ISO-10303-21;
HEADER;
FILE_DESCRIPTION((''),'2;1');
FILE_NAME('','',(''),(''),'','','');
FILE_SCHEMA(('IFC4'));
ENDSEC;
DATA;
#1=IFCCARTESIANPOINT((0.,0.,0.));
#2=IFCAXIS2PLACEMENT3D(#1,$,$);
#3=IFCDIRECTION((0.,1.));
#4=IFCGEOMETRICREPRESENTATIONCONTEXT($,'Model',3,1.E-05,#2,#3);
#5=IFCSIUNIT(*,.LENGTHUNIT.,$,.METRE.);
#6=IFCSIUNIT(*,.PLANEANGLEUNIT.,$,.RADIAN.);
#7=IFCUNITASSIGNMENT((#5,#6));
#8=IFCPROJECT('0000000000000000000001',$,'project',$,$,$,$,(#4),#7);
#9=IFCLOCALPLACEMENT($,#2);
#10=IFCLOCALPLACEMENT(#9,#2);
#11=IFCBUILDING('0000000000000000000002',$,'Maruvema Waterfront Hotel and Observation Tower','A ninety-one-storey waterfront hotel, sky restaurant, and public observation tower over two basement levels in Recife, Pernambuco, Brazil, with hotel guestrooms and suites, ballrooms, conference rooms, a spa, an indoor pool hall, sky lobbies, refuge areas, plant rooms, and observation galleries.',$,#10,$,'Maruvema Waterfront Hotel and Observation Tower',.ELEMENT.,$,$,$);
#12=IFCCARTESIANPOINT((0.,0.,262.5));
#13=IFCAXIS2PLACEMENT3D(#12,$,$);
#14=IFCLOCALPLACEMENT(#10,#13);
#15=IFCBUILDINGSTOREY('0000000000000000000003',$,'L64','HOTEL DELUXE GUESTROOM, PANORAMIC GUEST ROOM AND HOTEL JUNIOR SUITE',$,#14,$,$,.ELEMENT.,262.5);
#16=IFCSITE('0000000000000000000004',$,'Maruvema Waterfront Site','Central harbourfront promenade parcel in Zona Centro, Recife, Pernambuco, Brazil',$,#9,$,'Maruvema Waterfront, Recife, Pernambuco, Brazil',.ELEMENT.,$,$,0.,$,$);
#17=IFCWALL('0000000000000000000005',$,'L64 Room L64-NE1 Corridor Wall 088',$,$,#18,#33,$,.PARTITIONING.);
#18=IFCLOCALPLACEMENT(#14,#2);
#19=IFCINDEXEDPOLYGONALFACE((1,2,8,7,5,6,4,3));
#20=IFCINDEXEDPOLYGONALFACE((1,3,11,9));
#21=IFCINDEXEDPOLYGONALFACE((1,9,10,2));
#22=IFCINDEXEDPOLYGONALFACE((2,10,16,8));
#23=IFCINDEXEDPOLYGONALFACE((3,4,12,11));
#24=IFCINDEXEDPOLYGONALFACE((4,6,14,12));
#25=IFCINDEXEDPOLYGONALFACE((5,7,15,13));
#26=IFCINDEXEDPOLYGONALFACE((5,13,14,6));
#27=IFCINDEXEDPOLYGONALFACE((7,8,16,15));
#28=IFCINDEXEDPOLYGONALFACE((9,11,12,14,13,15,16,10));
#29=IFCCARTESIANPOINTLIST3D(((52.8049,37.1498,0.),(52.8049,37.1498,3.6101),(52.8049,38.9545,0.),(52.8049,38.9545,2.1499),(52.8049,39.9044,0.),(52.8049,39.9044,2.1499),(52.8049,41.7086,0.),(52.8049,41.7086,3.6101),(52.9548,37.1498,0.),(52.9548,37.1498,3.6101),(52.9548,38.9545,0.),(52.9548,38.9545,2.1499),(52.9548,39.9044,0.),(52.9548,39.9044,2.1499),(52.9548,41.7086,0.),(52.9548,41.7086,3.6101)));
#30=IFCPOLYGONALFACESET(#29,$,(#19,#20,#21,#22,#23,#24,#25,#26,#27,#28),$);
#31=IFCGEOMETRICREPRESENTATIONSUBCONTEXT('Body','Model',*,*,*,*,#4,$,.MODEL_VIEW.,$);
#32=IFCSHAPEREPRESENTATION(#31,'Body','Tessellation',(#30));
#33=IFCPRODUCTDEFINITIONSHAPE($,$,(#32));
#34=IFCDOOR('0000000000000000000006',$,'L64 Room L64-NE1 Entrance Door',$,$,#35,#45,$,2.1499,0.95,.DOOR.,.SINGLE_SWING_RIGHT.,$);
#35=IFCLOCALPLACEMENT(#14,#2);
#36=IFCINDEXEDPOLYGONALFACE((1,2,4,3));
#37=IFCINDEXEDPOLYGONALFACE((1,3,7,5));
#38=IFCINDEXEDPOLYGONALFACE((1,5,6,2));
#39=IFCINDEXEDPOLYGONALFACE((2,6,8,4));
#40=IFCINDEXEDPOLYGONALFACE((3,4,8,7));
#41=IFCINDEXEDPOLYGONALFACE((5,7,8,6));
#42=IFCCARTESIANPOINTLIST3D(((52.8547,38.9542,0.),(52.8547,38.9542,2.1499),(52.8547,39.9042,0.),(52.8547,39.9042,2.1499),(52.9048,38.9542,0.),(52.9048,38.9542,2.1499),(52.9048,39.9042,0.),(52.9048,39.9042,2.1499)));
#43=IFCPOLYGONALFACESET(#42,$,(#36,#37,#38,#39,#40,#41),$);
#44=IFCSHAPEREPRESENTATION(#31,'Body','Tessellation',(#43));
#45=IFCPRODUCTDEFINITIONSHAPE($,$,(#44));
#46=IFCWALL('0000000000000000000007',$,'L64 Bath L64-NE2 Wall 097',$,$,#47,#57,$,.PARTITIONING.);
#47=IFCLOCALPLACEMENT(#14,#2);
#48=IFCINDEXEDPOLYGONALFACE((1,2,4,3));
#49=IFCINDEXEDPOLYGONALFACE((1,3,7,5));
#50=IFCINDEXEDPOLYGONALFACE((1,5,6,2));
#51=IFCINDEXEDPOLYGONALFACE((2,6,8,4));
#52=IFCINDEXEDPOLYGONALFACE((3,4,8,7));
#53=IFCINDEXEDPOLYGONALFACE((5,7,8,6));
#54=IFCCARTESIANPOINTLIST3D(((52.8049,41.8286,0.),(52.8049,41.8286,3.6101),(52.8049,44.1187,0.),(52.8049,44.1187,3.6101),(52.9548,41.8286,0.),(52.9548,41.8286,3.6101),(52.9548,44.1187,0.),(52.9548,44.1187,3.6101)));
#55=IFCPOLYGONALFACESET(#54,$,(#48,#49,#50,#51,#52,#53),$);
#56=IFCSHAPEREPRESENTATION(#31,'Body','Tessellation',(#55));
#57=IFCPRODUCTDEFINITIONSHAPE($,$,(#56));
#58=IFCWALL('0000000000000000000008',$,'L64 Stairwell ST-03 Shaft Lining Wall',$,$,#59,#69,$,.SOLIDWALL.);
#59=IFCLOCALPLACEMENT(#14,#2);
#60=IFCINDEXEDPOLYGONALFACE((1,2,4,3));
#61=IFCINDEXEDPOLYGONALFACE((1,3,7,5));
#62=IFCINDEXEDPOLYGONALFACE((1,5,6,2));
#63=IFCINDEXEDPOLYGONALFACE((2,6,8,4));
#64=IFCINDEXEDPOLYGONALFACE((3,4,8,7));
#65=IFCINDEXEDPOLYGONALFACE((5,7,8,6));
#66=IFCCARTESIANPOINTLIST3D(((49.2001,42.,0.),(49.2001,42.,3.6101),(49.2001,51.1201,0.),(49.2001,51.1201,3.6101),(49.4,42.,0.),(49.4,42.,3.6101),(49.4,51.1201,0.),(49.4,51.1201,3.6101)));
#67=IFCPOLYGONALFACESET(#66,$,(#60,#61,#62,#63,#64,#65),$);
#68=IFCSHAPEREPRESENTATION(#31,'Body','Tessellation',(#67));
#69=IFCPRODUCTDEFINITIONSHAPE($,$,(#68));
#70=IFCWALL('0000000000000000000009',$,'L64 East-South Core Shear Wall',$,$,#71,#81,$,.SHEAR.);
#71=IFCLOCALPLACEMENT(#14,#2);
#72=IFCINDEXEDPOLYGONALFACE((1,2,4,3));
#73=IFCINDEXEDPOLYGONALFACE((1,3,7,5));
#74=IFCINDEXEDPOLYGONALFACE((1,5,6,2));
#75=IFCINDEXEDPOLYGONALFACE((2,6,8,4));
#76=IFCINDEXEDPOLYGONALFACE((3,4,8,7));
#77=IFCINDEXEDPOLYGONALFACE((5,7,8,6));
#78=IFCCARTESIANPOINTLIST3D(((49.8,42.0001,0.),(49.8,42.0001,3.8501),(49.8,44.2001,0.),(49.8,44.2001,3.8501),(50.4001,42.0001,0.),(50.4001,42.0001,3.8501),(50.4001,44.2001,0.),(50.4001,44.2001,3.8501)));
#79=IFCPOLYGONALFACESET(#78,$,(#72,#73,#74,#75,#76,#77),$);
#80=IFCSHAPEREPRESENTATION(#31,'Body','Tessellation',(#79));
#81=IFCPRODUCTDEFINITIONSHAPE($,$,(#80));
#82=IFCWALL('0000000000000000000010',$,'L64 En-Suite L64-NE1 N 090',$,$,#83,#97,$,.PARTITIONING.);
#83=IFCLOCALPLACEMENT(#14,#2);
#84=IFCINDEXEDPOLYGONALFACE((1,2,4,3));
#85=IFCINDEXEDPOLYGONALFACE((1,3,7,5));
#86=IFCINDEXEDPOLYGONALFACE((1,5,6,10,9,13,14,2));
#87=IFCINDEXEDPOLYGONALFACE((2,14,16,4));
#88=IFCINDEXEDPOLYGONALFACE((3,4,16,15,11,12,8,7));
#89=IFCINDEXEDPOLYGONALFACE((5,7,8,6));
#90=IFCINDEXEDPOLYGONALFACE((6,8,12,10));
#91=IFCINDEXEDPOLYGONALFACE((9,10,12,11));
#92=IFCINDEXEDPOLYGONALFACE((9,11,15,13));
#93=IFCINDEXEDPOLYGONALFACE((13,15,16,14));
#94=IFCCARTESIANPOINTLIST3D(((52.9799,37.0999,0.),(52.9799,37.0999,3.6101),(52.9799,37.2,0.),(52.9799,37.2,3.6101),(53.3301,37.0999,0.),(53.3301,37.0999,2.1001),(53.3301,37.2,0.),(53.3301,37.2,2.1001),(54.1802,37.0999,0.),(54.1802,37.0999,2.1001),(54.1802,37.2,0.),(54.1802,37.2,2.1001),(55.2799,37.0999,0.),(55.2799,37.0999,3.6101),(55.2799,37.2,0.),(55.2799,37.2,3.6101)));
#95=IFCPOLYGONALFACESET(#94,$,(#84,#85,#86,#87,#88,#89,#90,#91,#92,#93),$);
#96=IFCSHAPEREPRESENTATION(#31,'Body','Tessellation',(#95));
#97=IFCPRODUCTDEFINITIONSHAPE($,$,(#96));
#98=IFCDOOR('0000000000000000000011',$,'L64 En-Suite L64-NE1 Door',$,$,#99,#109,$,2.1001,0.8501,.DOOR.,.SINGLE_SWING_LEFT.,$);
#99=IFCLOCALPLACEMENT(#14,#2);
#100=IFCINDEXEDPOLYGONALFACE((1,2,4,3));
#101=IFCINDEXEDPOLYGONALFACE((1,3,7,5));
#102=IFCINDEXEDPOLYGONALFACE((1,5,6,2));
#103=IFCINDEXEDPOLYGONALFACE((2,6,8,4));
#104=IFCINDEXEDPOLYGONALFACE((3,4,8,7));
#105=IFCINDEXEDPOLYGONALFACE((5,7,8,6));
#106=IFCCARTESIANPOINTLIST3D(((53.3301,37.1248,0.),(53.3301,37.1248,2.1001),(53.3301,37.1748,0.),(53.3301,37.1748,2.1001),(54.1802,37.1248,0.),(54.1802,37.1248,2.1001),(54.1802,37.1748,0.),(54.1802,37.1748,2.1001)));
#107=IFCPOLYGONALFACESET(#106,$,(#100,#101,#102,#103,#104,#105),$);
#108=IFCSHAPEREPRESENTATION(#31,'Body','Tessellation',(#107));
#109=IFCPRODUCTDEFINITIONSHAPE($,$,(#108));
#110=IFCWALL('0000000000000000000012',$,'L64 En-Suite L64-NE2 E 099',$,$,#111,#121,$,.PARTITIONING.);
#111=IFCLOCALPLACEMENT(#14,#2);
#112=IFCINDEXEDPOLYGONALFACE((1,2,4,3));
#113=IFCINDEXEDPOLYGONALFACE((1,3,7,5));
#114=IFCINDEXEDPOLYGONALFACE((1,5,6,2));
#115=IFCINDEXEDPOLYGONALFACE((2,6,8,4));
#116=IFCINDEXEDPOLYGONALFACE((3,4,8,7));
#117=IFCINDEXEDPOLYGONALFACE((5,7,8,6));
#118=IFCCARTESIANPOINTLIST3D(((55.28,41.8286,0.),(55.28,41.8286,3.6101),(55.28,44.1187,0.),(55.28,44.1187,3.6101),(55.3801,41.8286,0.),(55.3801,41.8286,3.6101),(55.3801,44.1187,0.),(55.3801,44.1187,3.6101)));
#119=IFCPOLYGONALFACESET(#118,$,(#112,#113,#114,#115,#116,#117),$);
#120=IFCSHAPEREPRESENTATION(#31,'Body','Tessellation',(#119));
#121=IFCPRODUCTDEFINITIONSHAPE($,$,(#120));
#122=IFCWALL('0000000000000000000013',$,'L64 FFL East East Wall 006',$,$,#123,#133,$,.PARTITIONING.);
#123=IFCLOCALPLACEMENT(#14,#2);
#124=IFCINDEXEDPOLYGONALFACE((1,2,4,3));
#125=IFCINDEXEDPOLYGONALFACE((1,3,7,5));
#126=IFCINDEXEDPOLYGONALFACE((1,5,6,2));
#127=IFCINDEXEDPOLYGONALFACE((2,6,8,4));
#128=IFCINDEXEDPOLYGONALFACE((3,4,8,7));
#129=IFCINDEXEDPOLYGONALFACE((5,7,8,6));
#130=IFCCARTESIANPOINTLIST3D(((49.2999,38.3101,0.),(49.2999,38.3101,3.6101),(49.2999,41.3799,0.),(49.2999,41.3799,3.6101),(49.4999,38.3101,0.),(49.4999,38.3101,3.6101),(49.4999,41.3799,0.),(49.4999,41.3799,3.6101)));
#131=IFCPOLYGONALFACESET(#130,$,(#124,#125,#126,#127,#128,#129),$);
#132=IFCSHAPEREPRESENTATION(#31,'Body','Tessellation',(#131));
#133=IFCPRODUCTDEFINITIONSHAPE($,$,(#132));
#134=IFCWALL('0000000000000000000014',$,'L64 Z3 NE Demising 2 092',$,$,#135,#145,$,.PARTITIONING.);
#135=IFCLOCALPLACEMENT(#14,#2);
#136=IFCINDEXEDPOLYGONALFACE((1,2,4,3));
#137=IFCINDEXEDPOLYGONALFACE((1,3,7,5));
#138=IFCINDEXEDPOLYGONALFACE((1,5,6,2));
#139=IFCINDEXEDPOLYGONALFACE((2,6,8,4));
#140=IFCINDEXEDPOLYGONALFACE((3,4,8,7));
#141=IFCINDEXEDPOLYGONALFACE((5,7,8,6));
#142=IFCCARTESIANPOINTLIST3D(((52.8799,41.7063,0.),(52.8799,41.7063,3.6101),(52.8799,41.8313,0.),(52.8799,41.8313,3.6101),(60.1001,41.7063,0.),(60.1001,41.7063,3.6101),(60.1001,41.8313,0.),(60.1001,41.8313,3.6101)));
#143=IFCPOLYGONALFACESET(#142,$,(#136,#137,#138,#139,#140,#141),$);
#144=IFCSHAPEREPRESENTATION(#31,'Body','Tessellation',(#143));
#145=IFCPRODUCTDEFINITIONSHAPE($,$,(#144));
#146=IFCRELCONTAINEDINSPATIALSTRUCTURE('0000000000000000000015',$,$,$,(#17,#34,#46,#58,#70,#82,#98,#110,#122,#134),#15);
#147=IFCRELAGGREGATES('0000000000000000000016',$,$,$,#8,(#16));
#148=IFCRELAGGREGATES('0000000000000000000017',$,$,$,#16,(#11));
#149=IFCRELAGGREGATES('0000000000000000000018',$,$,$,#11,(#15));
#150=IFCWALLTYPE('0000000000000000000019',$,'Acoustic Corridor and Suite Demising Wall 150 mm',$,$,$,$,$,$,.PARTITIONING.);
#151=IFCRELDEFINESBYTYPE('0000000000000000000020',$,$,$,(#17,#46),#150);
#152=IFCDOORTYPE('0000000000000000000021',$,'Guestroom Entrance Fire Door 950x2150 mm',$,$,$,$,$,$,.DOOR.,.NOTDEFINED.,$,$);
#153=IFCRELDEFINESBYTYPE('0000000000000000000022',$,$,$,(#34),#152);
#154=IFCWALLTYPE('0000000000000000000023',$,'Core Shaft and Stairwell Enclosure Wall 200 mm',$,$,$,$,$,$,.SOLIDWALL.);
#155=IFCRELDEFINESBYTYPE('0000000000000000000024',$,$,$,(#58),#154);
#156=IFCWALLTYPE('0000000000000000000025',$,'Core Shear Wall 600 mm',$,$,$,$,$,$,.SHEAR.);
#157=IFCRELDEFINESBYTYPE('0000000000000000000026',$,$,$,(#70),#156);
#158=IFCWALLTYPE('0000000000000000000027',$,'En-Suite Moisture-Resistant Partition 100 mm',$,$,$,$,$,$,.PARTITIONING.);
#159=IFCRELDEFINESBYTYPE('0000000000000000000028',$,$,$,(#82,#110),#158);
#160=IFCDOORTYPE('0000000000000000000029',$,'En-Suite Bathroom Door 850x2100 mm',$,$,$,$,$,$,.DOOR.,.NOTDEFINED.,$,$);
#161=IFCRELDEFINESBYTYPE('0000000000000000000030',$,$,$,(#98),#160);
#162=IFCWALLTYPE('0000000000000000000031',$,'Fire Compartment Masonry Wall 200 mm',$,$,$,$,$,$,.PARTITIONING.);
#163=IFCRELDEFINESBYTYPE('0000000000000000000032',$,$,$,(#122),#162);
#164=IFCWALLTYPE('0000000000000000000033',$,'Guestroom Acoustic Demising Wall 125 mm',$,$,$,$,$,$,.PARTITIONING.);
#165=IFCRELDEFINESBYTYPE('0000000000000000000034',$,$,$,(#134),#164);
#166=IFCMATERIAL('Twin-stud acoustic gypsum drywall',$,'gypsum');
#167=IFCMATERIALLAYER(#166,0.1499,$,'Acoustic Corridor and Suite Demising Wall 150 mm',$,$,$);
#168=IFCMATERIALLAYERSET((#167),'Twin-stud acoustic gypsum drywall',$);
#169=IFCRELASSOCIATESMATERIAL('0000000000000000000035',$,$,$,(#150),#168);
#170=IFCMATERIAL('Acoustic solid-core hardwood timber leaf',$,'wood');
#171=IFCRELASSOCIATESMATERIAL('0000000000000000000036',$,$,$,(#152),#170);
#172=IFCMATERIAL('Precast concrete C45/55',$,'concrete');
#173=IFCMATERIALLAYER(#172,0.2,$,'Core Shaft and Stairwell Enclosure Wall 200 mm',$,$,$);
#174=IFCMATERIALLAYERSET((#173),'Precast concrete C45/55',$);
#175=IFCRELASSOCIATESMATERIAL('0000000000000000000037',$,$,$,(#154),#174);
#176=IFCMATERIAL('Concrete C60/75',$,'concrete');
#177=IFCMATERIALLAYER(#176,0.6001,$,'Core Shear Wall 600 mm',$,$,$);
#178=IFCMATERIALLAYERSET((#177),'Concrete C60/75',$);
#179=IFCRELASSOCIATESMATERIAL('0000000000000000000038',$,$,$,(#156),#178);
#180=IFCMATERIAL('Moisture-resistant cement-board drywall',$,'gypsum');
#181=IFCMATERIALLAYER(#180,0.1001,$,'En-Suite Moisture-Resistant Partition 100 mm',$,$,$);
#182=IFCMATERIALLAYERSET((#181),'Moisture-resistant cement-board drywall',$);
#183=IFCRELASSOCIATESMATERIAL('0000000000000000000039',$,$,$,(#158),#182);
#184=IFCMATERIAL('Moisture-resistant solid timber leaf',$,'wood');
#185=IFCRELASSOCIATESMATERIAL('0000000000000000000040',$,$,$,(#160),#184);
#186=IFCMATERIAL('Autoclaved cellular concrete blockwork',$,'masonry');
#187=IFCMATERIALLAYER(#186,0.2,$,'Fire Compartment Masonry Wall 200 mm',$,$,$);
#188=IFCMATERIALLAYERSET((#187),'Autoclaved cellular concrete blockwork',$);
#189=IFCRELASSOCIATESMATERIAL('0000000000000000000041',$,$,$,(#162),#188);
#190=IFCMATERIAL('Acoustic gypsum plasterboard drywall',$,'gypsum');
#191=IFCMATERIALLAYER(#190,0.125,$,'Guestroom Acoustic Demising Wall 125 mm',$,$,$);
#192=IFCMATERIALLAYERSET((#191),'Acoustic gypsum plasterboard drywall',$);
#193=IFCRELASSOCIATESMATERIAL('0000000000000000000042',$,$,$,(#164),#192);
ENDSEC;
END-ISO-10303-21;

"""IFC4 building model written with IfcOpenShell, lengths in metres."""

from ifc_helpers import new_model, si_unit, direction, frame, frame_2d, origin, place, context, subcontext, project, spatial, rectangle, extrude, material, layer, layer_set, type_object, element, fill, save


model = new_model("IFC4")

# Units and contexts
model_context = context("Model", 3, precision=1e-05, world=origin(), true_north=direction((0.0, 1.0)))
body_context = subcontext(model_context, "Body", "Model", "MODEL_VIEW")
ifc_project = project(units=[si_unit("LENGTHUNIT", "METRE"), si_unit("PLANEANGLEUNIT", "RADIAN")], contexts=[model_context])

# Site, building, storey
site_placement = place(None, origin())
site = spatial("IfcSite", under=ifc_project, at=site_placement, Name="Maruvema Waterfront Site", Description="Central harbourfront promenade parcel in Zona Centro, Recife, Pernambuco, Brazil", LongName="Maruvema Waterfront, Recife, Pernambuco, Brazil", CompositionType="ELEMENT", RefElevation=0.0)
building_placement = place(site_placement, origin())
building = spatial("IfcBuilding", under=site, at=building_placement, Name="Maruvema Waterfront Hotel and Observation Tower", Description="A ninety-one-storey waterfront hotel, sky restaurant, and public observation tower over two basement levels in Recife, Pernambuco, Brazil, with hotel guestrooms and suites, ballrooms, conference rooms, a spa, an indoor pool hall, sky lobbies, refuge areas, plant rooms, and observation galleries.", LongName="Maruvema Waterfront Hotel and Observation Tower", CompositionType="ELEMENT")
storey_placement = place(building_placement, frame((0.0, 0.0, 262.5)))
storey = spatial("IfcBuildingStorey", under=building, at=storey_placement, Name="L64", Description="HOTEL DELUXE GUESTROOM, PANORAMIC GUEST ROOM AND HOTEL JUNIOR SUITE", CompositionType="ELEMENT", Elevation=262.5)

# Wall, opening, door
ifc_material_1 = material(Name="Twin-stud acoustic gypsum drywall", Category="gypsum")
ifc_layer_1 = layer(ifc_material_1, 0.1499, Name="Acoustic Corridor and Suite Demising Wall 150 mm")
ifc_layer_set_1 = layer_set([ifc_layer_1], Name="Twin-stud acoustic gypsum drywall")
wall_type_1 = type_object("IfcWallType", Name="Acoustic Corridor and Suite Demising Wall 150 mm", PredefinedType="PARTITIONING", material=ifc_layer_set_1)
wall_1_placement = place(storey_placement, frame((52.8799, 37.1499, 0.0), z_axis=(0.0, 0.0, 1.0), x_axis=(0.0, 1.0, 0.0)))
wall_1 = element("IfcWall", 1, at=wall_1_placement, inside=storey, type_object=wall_type_1, Name="L64 Room L64-NE1 Corridor Wall 088", PredefinedType="PARTITIONING", context=body_context, shape_type="SweptSolid", body=[
    extrude(rectangle(XDim=4.5588, YDim=0.1499, at=frame_2d((2.2793, 0.0))), origin(), (0.0, 0.0, 1.0), 3.6101),
])
opening_1_placement = place(wall_1_placement, frame((1.8044, 0.0, 0.0)))
opening_1 = element("IfcOpeningElement", 2, at=opening_1_placement, cuts=wall_1, PredefinedType="OPENING", context=body_context, shape_type="SweptSolid", body=[
    extrude(rectangle(XDim=0.95, YDim=2.1499, at=frame_2d((0.4751, 1.075))), frame((0.0, 0.085, 0.0), z_axis=(0.0, -1.0, 0.0), x_axis=(1.0, 0.0, 0.0)), (0.0, 0.0, 1.0), 0.1699),
])
ifc_material_2 = material(Name="Acoustic solid-core hardwood timber leaf", Category="wood")
door_type_1 = type_object("IfcDoorType", Name="Guestroom Entrance Fire Door 950x2150 mm", OperationType="NOTDEFINED", PredefinedType="DOOR", material=ifc_material_2)
door_1_placement = place(opening_1_placement, frame((0.95, 0.0, 0.0), z_axis=(0.0, 0.0, 1.0), x_axis=(-1.0, 0.0, 0.0)))
door_1 = element("IfcDoor", 3, at=door_1_placement, inside=storey, type_object=door_type_1, Name="L64 Room L64-NE1 Entrance Door", OperationType="SINGLE_SWING_RIGHT", OverallHeight=2.1499, OverallWidth=0.95, PredefinedType="DOOR", context=body_context, shape_type="SweptSolid", body=[
    extrude(rectangle(XDim=0.95, YDim=2.1499, at=frame_2d((0.4751, 1.075))), frame((0.0, 0.0249, 0.0), z_axis=(0.0, -1.0, 0.0), x_axis=(1.0, 0.0, 0.0)), (0.0, 0.0, 1.0), 0.05),
])
fill(opening_1, door_1)

# Walls
wall_2_placement = place(storey_placement, frame((52.8799, 41.8286, 0.0), z_axis=(0.0, 0.0, 1.0), x_axis=(0.0, 1.0, 0.0)))
element("IfcWall", 4, at=wall_2_placement, inside=storey, type_object=wall_type_1, Name="L64 Bath L64-NE2 Wall 097", PredefinedType="PARTITIONING", context=body_context, shape_type="SweptSolid", body=[
    extrude(rectangle(XDim=2.29, YDim=0.1499, at=frame_2d((1.145, 0.0))), origin(), (0.0, 0.0, 1.0), 3.6101),
])
ifc_material_3 = material(Name="Precast concrete C45/55", Category="concrete")
ifc_layer_2 = layer(ifc_material_3, 0.2, Name="Core Shaft and Stairwell Enclosure Wall 200 mm")
ifc_layer_set_2 = layer_set([ifc_layer_2], Name="Precast concrete C45/55")
wall_type_2 = type_object("IfcWallType", Name="Core Shaft and Stairwell Enclosure Wall 200 mm", PredefinedType="SOLIDWALL", material=ifc_layer_set_2)
wall_3_placement = place(storey_placement, frame((49.3, 42.0, 0.0), z_axis=(0.0, 0.0, 1.0), x_axis=(0.0, 1.0, 0.0)))
element("IfcWall", 5, at=wall_3_placement, inside=storey, type_object=wall_type_2, Name="L64 Stairwell ST-03 Shaft Lining Wall", PredefinedType="SOLIDWALL", context=body_context, shape_type="SweptSolid", body=[
    extrude(rectangle(XDim=9.1201, YDim=0.2, at=frame_2d((4.5601, 0.0))), origin(), (0.0, 0.0, 1.0), 3.6101),
])
ifc_material_4 = material(Name="Concrete C60/75", Category="concrete")
ifc_layer_3 = layer(ifc_material_4, 0.6001, Name="Core Shear Wall 600 mm")
ifc_layer_set_3 = layer_set([ifc_layer_3], Name="Concrete C60/75")
wall_type_3 = type_object("IfcWallType", Name="Core Shear Wall 600 mm", PredefinedType="SHEAR", material=ifc_layer_set_3)
wall_4_placement = place(storey_placement, frame((50.1001, 42.0, 0.0), z_axis=(0.0, 0.0, 1.0), x_axis=(0.0, 1.0, 0.0)))
element("IfcWall", 6, at=wall_4_placement, inside=storey, type_object=wall_type_3, Name="L64 East-South Core Shear Wall", PredefinedType="SHEAR", context=body_context, shape_type="SweptSolid", body=[
    extrude(rectangle(XDim=2.2, YDim=0.6001, at=frame_2d((1.1001, 0.0))), origin(), (0.0, 0.0, 1.0), 3.8501),
])

# Wall, opening, door
ifc_material_5 = material(Name="Moisture-resistant cement-board drywall", Category="gypsum")
ifc_layer_4 = layer(ifc_material_5, 0.1001, Name="En-Suite Moisture-Resistant Partition 100 mm")
ifc_layer_set_4 = layer_set([ifc_layer_4], Name="Moisture-resistant cement-board drywall")
wall_type_4 = type_object("IfcWallType", Name="En-Suite Moisture-Resistant Partition 100 mm", PredefinedType="PARTITIONING", material=ifc_layer_set_4)
wall_5_placement = place(storey_placement, frame((52.98, 37.1499, 0.0), z_axis=(0.0, 0.0, 1.0), x_axis=(1.0, 0.0, 0.0)))
wall_5 = element("IfcWall", 7, at=wall_5_placement, inside=storey, type_object=wall_type_4, Name="L64 En-Suite L64-NE1 N 090", PredefinedType="PARTITIONING", context=body_context, shape_type="SweptSolid", body=[
    extrude(rectangle(XDim=2.3, YDim=0.1001, at=frame_2d((1.1499, 0.0))), origin(), (0.0, 0.0, 1.0), 3.6101),
])
opening_2_placement = place(wall_5_placement, frame((0.3501, 0.0, 0.0)))
opening_2 = element("IfcOpeningElement", 8, at=opening_2_placement, cuts=wall_5, PredefinedType="OPENING", context=body_context, shape_type="SweptSolid", body=[
    extrude(rectangle(XDim=0.8501, YDim=2.1001, at=frame_2d((0.425, 1.05))), frame((0.0, 0.0601, 0.0), z_axis=(0.0, -1.0, 0.0), x_axis=(1.0, 0.0, 0.0)), (0.0, 0.0, 1.0), 0.1201),
])
ifc_material_6 = material(Name="Moisture-resistant solid timber leaf", Category="wood")
door_type_2 = type_object("IfcDoorType", Name="En-Suite Bathroom Door 850x2100 mm", OperationType="NOTDEFINED", PredefinedType="DOOR", material=ifc_material_6)
door_2_placement = place(opening_2_placement, origin())
door_2 = element("IfcDoor", 9, at=door_2_placement, inside=storey, type_object=door_type_2, Name="L64 En-Suite L64-NE1 Door", OperationType="SINGLE_SWING_LEFT", OverallHeight=2.1001, OverallWidth=0.8501, PredefinedType="DOOR", context=body_context, shape_type="SweptSolid", body=[
    extrude(rectangle(XDim=0.8501, YDim=2.1001, at=frame_2d((0.425, 1.05))), frame((0.0, 0.0249, 0.0), z_axis=(0.0, -1.0, 0.0), x_axis=(1.0, 0.0, 0.0)), (0.0, 0.0, 1.0), 0.05),
])
fill(opening_2, door_2)

# Walls
wall_6_placement = place(storey_placement, frame((55.3301, 41.8286, 0.0), z_axis=(0.0, 0.0, 1.0), x_axis=(0.0, 1.0, 0.0)))
element("IfcWall", 10, at=wall_6_placement, inside=storey, type_object=wall_type_4, Name="L64 En-Suite L64-NE2 E 099", PredefinedType="PARTITIONING", context=body_context, shape_type="SweptSolid", body=[
    extrude(rectangle(XDim=2.29, YDim=0.1001, at=frame_2d((1.145, 0.0))), origin(), (0.0, 0.0, 1.0), 3.6101),
])
ifc_material_7 = material(Name="Autoclaved cellular concrete blockwork", Category="masonry")
ifc_layer_5 = layer(ifc_material_7, 0.2, Name="Fire Compartment Masonry Wall 200 mm")
ifc_layer_set_5 = layer_set([ifc_layer_5], Name="Autoclaved cellular concrete blockwork")
wall_type_5 = type_object("IfcWallType", Name="Fire Compartment Masonry Wall 200 mm", PredefinedType="PARTITIONING", material=ifc_layer_set_5)
wall_7_placement = place(storey_placement, frame((49.3999, 38.3101, 0.0), z_axis=(0.0, 0.0, 1.0), x_axis=(0.0, 1.0, 0.0)))
element("IfcWall", 11, at=wall_7_placement, inside=storey, type_object=wall_type_5, Name="L64 FFL East East Wall 006", PredefinedType="PARTITIONING", context=body_context, shape_type="SweptSolid", body=[
    extrude(rectangle(XDim=3.0698, YDim=0.2, at=frame_2d((1.5349, 0.0))), origin(), (0.0, 0.0, 1.0), 3.6101),
])
ifc_material_8 = material(Name="Acoustic gypsum plasterboard drywall", Category="gypsum")
ifc_layer_6 = layer(ifc_material_8, 0.125, Name="Guestroom Acoustic Demising Wall 125 mm")
ifc_layer_set_6 = layer_set([ifc_layer_6], Name="Acoustic gypsum plasterboard drywall")
wall_type_6 = type_object("IfcWallType", Name="Guestroom Acoustic Demising Wall 125 mm", PredefinedType="PARTITIONING", material=ifc_layer_set_6)
wall_8_placement = place(storey_placement, frame((52.8799, 41.7688, 0.0), z_axis=(0.0, 0.0, 1.0), x_axis=(1.0, 0.0, 0.0)))
element("IfcWall", 12, at=wall_8_placement, inside=storey, type_object=wall_type_6, Name="L64 Z3 NE Demising 2 092", PredefinedType="PARTITIONING", context=body_context, shape_type="SweptSolid", body=[
    extrude(rectangle(XDim=7.2202, YDim=0.125, at=frame_2d((3.6101, 0.0))), origin(), (0.0, 0.0, 1.0), 3.6101),
])

save(model, "model.ifc")
